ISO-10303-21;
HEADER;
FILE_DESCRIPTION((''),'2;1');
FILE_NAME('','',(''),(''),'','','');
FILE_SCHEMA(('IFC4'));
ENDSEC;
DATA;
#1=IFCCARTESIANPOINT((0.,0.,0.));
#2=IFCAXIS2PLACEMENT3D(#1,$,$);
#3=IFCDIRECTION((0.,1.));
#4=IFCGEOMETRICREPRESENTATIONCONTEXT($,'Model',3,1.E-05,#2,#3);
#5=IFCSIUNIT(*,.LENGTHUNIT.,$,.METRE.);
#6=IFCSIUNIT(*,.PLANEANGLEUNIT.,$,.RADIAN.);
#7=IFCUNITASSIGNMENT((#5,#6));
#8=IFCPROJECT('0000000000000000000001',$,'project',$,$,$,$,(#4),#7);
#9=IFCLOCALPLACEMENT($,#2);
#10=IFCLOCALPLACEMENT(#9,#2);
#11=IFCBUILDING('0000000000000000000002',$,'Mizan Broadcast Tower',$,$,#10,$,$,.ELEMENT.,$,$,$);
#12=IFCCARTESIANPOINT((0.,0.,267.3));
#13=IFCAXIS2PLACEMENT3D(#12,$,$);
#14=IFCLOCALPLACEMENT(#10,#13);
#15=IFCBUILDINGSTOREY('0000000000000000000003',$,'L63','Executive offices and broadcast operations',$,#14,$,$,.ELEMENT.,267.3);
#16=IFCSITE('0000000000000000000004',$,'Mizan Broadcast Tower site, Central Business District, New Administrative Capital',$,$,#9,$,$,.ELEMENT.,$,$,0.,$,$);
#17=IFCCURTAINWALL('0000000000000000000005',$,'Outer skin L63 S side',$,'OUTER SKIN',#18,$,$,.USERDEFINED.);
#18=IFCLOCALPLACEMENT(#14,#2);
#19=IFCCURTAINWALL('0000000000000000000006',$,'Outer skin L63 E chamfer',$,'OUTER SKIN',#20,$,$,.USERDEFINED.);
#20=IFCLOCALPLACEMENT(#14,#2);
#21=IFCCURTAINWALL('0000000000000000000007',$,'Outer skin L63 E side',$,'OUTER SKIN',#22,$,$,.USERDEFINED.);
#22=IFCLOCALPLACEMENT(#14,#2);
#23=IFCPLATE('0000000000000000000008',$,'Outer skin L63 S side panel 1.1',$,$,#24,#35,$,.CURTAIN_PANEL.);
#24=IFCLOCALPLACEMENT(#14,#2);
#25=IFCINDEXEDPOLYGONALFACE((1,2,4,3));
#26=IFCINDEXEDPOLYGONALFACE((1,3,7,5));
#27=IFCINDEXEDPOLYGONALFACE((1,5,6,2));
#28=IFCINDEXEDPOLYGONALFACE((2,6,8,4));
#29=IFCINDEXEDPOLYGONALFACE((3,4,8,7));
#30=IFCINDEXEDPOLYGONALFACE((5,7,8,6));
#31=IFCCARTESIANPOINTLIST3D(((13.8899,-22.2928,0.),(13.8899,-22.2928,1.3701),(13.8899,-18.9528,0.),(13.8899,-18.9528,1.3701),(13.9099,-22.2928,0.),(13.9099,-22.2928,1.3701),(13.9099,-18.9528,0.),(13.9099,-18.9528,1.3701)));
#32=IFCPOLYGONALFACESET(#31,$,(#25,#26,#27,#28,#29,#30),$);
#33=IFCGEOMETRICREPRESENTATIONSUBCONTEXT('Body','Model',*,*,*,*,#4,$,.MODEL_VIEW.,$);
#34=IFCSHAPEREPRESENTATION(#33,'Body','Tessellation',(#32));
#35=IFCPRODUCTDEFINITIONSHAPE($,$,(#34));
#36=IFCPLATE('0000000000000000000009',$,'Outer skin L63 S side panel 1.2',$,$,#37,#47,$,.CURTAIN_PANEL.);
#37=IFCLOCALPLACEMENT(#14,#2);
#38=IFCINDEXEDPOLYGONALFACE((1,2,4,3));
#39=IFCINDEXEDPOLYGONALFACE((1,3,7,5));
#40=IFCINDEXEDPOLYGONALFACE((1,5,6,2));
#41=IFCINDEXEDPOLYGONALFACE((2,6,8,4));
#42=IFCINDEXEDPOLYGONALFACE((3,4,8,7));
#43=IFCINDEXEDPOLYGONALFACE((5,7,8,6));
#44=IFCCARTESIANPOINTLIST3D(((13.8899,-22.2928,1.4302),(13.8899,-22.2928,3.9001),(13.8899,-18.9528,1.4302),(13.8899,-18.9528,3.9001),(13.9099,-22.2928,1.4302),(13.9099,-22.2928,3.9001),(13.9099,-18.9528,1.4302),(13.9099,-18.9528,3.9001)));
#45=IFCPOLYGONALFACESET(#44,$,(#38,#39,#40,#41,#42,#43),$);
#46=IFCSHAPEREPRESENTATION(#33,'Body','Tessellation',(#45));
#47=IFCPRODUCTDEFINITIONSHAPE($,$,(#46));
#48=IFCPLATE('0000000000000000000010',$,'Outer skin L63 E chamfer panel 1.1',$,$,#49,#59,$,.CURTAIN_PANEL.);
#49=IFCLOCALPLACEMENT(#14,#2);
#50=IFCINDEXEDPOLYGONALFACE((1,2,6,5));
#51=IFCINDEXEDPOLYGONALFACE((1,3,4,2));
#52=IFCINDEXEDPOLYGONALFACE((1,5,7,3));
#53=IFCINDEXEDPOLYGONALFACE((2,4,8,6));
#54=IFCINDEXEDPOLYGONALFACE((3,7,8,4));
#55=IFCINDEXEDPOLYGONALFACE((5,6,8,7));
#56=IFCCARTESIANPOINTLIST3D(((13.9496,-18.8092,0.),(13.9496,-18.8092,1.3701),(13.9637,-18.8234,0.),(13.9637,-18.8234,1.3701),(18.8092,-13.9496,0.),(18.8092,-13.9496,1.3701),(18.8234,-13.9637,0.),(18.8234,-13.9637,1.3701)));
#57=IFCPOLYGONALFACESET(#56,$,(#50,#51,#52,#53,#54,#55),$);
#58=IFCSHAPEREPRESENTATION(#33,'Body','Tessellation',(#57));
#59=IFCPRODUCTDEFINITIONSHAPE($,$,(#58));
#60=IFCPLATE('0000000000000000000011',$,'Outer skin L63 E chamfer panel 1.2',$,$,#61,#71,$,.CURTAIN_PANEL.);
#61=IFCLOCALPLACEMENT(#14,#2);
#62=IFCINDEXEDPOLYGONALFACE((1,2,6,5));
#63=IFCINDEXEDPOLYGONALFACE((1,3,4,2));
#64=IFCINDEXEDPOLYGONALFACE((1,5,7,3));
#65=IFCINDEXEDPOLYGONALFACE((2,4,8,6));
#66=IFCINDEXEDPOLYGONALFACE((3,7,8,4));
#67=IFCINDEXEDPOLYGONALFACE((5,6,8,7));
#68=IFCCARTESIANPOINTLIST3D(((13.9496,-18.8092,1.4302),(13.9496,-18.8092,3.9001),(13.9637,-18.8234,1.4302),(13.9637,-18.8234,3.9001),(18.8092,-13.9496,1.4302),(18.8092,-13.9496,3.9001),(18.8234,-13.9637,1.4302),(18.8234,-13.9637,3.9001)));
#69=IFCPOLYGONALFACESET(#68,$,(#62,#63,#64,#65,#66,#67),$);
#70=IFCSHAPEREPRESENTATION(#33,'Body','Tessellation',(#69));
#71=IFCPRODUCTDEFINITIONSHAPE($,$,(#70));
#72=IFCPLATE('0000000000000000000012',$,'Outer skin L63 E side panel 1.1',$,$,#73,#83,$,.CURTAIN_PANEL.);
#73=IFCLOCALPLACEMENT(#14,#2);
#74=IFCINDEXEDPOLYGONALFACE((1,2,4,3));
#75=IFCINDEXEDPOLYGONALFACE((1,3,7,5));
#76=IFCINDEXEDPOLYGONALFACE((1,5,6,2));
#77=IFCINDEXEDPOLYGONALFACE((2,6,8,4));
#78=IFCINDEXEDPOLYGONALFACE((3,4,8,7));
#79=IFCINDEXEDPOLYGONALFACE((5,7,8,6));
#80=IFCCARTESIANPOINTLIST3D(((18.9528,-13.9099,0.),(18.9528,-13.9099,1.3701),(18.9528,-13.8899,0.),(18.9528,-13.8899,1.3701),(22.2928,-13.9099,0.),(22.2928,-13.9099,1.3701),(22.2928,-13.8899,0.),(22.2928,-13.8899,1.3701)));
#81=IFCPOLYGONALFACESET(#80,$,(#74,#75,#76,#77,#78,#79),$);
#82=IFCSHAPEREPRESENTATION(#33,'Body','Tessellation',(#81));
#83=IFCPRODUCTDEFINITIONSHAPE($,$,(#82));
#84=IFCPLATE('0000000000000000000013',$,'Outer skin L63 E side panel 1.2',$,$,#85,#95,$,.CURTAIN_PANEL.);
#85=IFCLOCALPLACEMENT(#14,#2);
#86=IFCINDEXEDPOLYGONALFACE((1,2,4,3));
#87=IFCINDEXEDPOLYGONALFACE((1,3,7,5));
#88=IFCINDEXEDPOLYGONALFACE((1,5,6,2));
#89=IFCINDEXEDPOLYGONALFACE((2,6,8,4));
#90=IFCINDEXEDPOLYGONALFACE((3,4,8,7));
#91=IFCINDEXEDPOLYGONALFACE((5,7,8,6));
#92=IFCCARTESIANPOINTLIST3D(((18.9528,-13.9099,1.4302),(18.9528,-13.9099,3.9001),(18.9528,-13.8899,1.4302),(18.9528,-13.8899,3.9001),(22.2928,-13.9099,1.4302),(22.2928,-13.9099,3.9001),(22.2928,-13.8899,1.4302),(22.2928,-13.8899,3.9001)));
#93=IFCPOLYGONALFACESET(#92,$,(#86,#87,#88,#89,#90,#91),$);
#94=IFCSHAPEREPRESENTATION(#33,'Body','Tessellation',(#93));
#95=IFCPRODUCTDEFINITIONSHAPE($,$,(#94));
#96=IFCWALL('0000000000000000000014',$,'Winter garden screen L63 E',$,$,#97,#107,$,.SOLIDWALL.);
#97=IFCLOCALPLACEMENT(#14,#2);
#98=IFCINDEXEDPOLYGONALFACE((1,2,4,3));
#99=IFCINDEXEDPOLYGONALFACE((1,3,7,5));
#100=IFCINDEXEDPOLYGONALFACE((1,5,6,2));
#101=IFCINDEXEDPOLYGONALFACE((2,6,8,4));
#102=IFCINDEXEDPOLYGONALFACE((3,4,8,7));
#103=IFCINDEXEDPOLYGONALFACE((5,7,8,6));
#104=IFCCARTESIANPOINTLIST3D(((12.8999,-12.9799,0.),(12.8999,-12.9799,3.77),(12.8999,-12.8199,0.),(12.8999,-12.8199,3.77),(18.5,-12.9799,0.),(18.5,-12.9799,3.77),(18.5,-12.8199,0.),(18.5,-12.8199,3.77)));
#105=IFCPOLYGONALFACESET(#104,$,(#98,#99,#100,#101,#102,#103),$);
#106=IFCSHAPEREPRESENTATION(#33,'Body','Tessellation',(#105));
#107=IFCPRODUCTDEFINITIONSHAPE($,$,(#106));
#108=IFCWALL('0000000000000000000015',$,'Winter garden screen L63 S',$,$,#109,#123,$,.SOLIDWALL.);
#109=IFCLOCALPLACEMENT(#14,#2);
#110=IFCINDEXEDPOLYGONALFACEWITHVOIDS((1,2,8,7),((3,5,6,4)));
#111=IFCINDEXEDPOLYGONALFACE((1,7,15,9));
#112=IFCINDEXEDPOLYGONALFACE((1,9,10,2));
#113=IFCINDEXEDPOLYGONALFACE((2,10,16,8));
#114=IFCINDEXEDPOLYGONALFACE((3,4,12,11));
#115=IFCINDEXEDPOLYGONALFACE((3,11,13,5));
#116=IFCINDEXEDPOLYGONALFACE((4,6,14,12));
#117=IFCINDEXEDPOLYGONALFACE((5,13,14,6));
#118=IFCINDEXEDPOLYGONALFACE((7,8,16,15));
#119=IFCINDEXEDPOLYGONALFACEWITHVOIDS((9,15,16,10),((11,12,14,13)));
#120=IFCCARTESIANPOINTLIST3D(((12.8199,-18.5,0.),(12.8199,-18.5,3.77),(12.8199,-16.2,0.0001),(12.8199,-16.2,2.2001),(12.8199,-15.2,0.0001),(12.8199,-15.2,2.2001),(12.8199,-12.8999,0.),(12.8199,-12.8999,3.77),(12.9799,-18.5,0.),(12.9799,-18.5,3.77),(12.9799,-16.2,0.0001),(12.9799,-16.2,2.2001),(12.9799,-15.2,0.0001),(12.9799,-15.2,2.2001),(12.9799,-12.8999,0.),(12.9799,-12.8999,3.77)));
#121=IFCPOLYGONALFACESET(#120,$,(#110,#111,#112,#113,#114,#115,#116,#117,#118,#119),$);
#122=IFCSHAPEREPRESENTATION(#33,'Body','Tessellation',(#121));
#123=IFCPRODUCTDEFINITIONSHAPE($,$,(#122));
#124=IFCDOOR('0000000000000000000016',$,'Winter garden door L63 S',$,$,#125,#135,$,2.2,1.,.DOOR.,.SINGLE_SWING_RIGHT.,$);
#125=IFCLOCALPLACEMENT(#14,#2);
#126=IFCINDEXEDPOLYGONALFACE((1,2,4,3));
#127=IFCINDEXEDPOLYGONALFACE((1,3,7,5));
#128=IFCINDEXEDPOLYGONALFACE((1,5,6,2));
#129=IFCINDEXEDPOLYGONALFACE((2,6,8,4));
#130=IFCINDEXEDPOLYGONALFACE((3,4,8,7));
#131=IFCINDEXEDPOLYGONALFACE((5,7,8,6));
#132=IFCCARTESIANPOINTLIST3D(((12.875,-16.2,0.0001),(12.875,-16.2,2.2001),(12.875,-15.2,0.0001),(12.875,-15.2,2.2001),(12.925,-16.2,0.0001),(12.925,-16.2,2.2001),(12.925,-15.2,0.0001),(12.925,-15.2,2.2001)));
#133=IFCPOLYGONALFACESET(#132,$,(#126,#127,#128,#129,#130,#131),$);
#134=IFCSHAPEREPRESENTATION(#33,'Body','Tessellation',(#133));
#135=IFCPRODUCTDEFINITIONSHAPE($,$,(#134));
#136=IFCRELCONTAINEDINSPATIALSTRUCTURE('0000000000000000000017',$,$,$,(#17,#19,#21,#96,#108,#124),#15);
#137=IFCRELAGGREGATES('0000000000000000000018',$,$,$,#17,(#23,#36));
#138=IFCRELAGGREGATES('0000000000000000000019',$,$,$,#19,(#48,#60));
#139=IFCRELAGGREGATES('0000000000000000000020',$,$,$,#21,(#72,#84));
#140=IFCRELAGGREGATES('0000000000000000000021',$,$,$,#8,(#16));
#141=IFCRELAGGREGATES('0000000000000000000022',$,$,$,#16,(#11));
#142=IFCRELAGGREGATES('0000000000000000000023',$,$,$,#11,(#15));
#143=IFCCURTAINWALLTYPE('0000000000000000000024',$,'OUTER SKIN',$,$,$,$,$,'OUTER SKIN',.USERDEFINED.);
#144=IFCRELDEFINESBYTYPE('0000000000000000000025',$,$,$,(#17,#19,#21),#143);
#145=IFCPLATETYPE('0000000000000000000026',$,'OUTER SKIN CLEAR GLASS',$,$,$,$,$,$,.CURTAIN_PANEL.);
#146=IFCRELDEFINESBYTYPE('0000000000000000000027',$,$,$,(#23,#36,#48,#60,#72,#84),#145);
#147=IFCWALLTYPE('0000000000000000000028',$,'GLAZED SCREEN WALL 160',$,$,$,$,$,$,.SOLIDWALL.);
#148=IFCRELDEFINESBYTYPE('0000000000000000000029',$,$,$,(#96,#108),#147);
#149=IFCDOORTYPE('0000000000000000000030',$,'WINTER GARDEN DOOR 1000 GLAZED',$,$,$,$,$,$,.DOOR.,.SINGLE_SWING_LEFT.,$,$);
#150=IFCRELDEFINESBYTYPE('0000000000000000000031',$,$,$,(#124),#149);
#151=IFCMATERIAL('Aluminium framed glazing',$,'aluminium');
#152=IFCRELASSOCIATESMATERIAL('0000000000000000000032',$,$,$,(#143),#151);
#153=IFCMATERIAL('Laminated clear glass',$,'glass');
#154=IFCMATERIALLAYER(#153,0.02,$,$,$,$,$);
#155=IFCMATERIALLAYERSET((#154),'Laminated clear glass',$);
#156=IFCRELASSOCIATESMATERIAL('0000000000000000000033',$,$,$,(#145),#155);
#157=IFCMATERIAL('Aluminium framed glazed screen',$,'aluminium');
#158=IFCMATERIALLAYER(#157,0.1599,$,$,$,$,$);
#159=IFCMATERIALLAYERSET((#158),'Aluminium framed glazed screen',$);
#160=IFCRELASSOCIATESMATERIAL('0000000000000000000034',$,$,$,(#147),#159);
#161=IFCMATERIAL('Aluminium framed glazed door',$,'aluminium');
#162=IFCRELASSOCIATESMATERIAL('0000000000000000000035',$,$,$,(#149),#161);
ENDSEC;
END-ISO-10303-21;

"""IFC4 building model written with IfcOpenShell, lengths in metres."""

from ifc_helpers import new_model, si_unit, direction, frame, frame_2d, origin, origin_2d, place, context, subcontext, project, spatial, rectangle, extrude, material, layer, layer_set, type_object, element, fill, aggregate, save


model = new_model("IFC4")

# Units and contexts
model_context = context("Model", 3, precision=1e-05, world=origin(), true_north=direction((0.0, 1.0)))
body_context = subcontext(model_context, "Body", "Model", "MODEL_VIEW")
ifc_project = project(units=[si_unit("LENGTHUNIT", "METRE"), si_unit("PLANEANGLEUNIT", "RADIAN")], contexts=[model_context])

# Site, building, storey
site_placement = place(None, origin())
site = spatial("IfcSite", under=ifc_project, at=site_placement, Name="Mizan Broadcast Tower site, Central Business District, New Administrative Capital", CompositionType="ELEMENT", RefElevation=0.0)
building_placement = place(site_placement, origin())
building = spatial("IfcBuilding", under=site, at=building_placement, Name="Mizan Broadcast Tower", CompositionType="ELEMENT")
storey_placement = place(building_placement, frame((0.0, 0.0, 267.3)))
storey = spatial("IfcBuildingStorey", under=building, at=storey_placement, Name="L63", Description="Executive offices and broadcast operations", CompositionType="ELEMENT", Elevation=267.3)

# Curtain walls
ifc_material_1 = material(Name="Aluminium framed glazing", Category="aluminium")
curtain_wall_type_1 = type_object("IfcCurtainWallType", Name="OUTER SKIN", ElementType="OUTER SKIN", PredefinedType="USERDEFINED", material=ifc_material_1)
curtain_wall_1_placement = place(storey_placement, origin())
curtain_wall_1 = element("IfcCurtainWall", 1, at=curtain_wall_1_placement, inside=storey, type_object=curtain_wall_type_1, Name="Outer skin L63 S side", ObjectType="OUTER SKIN", PredefinedType="USERDEFINED")
curtain_wall_2_placement = place(storey_placement, origin())
curtain_wall_2 = element("IfcCurtainWall", 2, at=curtain_wall_2_placement, inside=storey, type_object=curtain_wall_type_1, Name="Outer skin L63 E chamfer", ObjectType="OUTER SKIN", PredefinedType="USERDEFINED")
curtain_wall_3_placement = place(storey_placement, origin())
curtain_wall_3 = element("IfcCurtainWall", 3, at=curtain_wall_3_placement, inside=storey, type_object=curtain_wall_type_1, Name="Outer skin L63 E side", ObjectType="OUTER SKIN", PredefinedType="USERDEFINED")

# Plates
ifc_material_2 = material(Name="Laminated clear glass", Category="glass")
ifc_layer_1 = layer(ifc_material_2, 0.02)
ifc_layer_set_1 = layer_set([ifc_layer_1], Name="Laminated clear glass")
plate_type_1 = type_object("IfcPlateType", Name="OUTER SKIN CLEAR GLASS", PredefinedType="CURTAIN_PANEL", material=ifc_layer_set_1)
plate_1_placement = place(storey_placement, frame((13.8999, -20.6228, 0.0), z_axis=(0.0, 0.0, 1.0), x_axis=(0.0, 1.0, 0.0)))
plate_1 = element("IfcPlate", 4, at=plate_1_placement, type_object=plate_type_1, Name="Outer skin L63 S side panel 1.1", PredefinedType="CURTAIN_PANEL", context=body_context, shape_type="SweptSolid", body=[
    extrude(rectangle(XDim=3.3401, YDim=0.02, at=origin_2d()), origin(), (0.0, 0.0, 1.0), 1.3701),
])
plate_2_placement = place(storey_placement, frame((13.8999, -20.6228, 1.4302), z_axis=(0.0, 0.0, 1.0), x_axis=(0.0, 1.0, 0.0)))
plate_2 = element("IfcPlate", 5, at=plate_2_placement, type_object=plate_type_1, Name="Outer skin L63 S side panel 1.2", PredefinedType="CURTAIN_PANEL", context=body_context, shape_type="SweptSolid", body=[
    extrude(rectangle(XDim=3.3401, YDim=0.02, at=origin_2d()), origin(), (0.0, 0.0, 1.0), 2.47),
])
aggregate(curtain_wall_1, [plate_1, plate_2])
plate_3_placement = place(storey_placement, frame((16.3865, -16.3865, 0.0), z_axis=(0.0, 0.0, 1.0), x_axis=(0.707107, 0.707107, 0.0)))
plate_3 = element("IfcPlate", 6, at=plate_3_placement, type_object=plate_type_1, Name="Outer skin L63 E chamfer panel 1.1", PredefinedType="CURTAIN_PANEL", context=body_context, shape_type="SweptSolid", body=[
    extrude(rectangle(XDim=6.8726, YDim=0.02, at=origin_2d()), origin(), (0.0, 0.0, 1.0), 1.3701),
])
plate_4_placement = place(storey_placement, frame((16.3865, -16.3865, 1.4302), z_axis=(0.0, 0.0, 1.0), x_axis=(0.707107, 0.707107, 0.0)))
plate_4 = element("IfcPlate", 7, at=plate_4_placement, type_object=plate_type_1, Name="Outer skin L63 E chamfer panel 1.2", PredefinedType="CURTAIN_PANEL", context=body_context, shape_type="SweptSolid", body=[
    extrude(rectangle(XDim=6.8726, YDim=0.02, at=origin_2d()), origin(), (0.0, 0.0, 1.0), 2.47),
])
aggregate(curtain_wall_2, [plate_3, plate_4])
plate_5_placement = place(storey_placement, frame((20.6228, -13.8999, 0.0), z_axis=(0.0, 0.0, 1.0), x_axis=(1.0, 0.0, 0.0)))
plate_5 = element("IfcPlate", 8, at=plate_5_placement, type_object=plate_type_1, Name="Outer skin L63 E side panel 1.1", PredefinedType="CURTAIN_PANEL", context=body_context, shape_type="SweptSolid", body=[
    extrude(rectangle(XDim=3.3401, YDim=0.02, at=origin_2d()), origin(), (0.0, 0.0, 1.0), 1.3701),
])
plate_6_placement = place(storey_placement, frame((20.6228, -13.8999, 1.4302), z_axis=(0.0, 0.0, 1.0), x_axis=(1.0, 0.0, 0.0)))
plate_6 = element("IfcPlate", 9, at=plate_6_placement, type_object=plate_type_1, Name="Outer skin L63 E side panel 1.2", PredefinedType="CURTAIN_PANEL", context=body_context, shape_type="SweptSolid", body=[
    extrude(rectangle(XDim=3.3401, YDim=0.02, at=origin_2d()), origin(), (0.0, 0.0, 1.0), 2.47),
])
aggregate(curtain_wall_3, [plate_5, plate_6])

# Wall
ifc_material_3 = material(Name="Aluminium framed glazed screen", Category="aluminium")
ifc_layer_2 = layer(ifc_material_3, 0.1599)
ifc_layer_set_2 = layer_set([ifc_layer_2], Name="Aluminium framed glazed screen")
wall_type = type_object("IfcWallType", Name="GLAZED SCREEN WALL 160", PredefinedType="SOLIDWALL", material=ifc_layer_set_2)
wall_1_placement = place(storey_placement, frame((12.8999, -12.8999, 0.0), z_axis=(0.0, 0.0, 1.0), x_axis=(1.0, 0.0, 0.0)))
element("IfcWall", 10, at=wall_1_placement, inside=storey, type_object=wall_type, Name="Winter garden screen L63 E", PredefinedType="SOLIDWALL", context=body_context, shape_type="SweptSolid", body=[
    extrude(rectangle(XDim=5.6001, YDim=0.1599, at=frame_2d((2.8, 0.0))), origin(), (0.0, 0.0, 1.0), 3.77),
])

# Wall, opening, door
wall_2_placement = place(storey_placement, frame((12.8999, -18.5, 0.0), z_axis=(0.0, 0.0, 1.0), x_axis=(0.0, 1.0, 0.0)))
wall_2 = element("IfcWall", 11, at=wall_2_placement, inside=storey, type_object=wall_type, Name="Winter garden screen L63 S", PredefinedType="SOLIDWALL", context=body_context, shape_type="SweptSolid", body=[
    extrude(rectangle(XDim=5.6001, YDim=0.1599, at=frame_2d((2.8, 0.0))), origin(), (0.0, 0.0, 1.0), 3.77),
])
opening_placement = place(wall_2_placement, frame((2.3, 0.0, 0.0)))
opening = element("IfcOpeningElement", 12, at=opening_placement, cuts=wall_2, PredefinedType="OPENING", context=body_context, shape_type="SweptSolid", body=[
    extrude(rectangle(XDim=1.0, YDim=2.2, at=frame_2d((0.5, 1.1001))), frame((0.0, 0.0898, 0.0), z_axis=(0.0, -1.0, 0.0), x_axis=(1.0, 0.0, 0.0)), (0.0, 0.0, 1.0), 0.1799),
])
ifc_material_4 = material(Name="Aluminium framed glazed door", Category="aluminium")
door_type = type_object("IfcDoorType", Name="WINTER GARDEN DOOR 1000 GLAZED", OperationType="SINGLE_SWING_LEFT", PredefinedType="DOOR", material=ifc_material_4)
door_placement = place(opening_placement, origin())
door = element("IfcDoor", 13, at=door_placement, inside=storey, type_object=door_type, Name="Winter garden door L63 S", OperationType="SINGLE_SWING_RIGHT", OverallHeight=2.2, OverallWidth=1.0, PredefinedType="DOOR", context=body_context, shape_type="SweptSolid", body=[
    extrude(rectangle(XDim=1.0, YDim=2.2, at=frame_2d((0.5, 1.1001))), frame((0.0, 0.0249, 0.0), z_axis=(0.0, -1.0, 0.0), x_axis=(1.0, 0.0, 0.0)), (0.0, 0.0, 1.0), 0.05),
])
fill(opening, door)

save(model, "model.ifc")
